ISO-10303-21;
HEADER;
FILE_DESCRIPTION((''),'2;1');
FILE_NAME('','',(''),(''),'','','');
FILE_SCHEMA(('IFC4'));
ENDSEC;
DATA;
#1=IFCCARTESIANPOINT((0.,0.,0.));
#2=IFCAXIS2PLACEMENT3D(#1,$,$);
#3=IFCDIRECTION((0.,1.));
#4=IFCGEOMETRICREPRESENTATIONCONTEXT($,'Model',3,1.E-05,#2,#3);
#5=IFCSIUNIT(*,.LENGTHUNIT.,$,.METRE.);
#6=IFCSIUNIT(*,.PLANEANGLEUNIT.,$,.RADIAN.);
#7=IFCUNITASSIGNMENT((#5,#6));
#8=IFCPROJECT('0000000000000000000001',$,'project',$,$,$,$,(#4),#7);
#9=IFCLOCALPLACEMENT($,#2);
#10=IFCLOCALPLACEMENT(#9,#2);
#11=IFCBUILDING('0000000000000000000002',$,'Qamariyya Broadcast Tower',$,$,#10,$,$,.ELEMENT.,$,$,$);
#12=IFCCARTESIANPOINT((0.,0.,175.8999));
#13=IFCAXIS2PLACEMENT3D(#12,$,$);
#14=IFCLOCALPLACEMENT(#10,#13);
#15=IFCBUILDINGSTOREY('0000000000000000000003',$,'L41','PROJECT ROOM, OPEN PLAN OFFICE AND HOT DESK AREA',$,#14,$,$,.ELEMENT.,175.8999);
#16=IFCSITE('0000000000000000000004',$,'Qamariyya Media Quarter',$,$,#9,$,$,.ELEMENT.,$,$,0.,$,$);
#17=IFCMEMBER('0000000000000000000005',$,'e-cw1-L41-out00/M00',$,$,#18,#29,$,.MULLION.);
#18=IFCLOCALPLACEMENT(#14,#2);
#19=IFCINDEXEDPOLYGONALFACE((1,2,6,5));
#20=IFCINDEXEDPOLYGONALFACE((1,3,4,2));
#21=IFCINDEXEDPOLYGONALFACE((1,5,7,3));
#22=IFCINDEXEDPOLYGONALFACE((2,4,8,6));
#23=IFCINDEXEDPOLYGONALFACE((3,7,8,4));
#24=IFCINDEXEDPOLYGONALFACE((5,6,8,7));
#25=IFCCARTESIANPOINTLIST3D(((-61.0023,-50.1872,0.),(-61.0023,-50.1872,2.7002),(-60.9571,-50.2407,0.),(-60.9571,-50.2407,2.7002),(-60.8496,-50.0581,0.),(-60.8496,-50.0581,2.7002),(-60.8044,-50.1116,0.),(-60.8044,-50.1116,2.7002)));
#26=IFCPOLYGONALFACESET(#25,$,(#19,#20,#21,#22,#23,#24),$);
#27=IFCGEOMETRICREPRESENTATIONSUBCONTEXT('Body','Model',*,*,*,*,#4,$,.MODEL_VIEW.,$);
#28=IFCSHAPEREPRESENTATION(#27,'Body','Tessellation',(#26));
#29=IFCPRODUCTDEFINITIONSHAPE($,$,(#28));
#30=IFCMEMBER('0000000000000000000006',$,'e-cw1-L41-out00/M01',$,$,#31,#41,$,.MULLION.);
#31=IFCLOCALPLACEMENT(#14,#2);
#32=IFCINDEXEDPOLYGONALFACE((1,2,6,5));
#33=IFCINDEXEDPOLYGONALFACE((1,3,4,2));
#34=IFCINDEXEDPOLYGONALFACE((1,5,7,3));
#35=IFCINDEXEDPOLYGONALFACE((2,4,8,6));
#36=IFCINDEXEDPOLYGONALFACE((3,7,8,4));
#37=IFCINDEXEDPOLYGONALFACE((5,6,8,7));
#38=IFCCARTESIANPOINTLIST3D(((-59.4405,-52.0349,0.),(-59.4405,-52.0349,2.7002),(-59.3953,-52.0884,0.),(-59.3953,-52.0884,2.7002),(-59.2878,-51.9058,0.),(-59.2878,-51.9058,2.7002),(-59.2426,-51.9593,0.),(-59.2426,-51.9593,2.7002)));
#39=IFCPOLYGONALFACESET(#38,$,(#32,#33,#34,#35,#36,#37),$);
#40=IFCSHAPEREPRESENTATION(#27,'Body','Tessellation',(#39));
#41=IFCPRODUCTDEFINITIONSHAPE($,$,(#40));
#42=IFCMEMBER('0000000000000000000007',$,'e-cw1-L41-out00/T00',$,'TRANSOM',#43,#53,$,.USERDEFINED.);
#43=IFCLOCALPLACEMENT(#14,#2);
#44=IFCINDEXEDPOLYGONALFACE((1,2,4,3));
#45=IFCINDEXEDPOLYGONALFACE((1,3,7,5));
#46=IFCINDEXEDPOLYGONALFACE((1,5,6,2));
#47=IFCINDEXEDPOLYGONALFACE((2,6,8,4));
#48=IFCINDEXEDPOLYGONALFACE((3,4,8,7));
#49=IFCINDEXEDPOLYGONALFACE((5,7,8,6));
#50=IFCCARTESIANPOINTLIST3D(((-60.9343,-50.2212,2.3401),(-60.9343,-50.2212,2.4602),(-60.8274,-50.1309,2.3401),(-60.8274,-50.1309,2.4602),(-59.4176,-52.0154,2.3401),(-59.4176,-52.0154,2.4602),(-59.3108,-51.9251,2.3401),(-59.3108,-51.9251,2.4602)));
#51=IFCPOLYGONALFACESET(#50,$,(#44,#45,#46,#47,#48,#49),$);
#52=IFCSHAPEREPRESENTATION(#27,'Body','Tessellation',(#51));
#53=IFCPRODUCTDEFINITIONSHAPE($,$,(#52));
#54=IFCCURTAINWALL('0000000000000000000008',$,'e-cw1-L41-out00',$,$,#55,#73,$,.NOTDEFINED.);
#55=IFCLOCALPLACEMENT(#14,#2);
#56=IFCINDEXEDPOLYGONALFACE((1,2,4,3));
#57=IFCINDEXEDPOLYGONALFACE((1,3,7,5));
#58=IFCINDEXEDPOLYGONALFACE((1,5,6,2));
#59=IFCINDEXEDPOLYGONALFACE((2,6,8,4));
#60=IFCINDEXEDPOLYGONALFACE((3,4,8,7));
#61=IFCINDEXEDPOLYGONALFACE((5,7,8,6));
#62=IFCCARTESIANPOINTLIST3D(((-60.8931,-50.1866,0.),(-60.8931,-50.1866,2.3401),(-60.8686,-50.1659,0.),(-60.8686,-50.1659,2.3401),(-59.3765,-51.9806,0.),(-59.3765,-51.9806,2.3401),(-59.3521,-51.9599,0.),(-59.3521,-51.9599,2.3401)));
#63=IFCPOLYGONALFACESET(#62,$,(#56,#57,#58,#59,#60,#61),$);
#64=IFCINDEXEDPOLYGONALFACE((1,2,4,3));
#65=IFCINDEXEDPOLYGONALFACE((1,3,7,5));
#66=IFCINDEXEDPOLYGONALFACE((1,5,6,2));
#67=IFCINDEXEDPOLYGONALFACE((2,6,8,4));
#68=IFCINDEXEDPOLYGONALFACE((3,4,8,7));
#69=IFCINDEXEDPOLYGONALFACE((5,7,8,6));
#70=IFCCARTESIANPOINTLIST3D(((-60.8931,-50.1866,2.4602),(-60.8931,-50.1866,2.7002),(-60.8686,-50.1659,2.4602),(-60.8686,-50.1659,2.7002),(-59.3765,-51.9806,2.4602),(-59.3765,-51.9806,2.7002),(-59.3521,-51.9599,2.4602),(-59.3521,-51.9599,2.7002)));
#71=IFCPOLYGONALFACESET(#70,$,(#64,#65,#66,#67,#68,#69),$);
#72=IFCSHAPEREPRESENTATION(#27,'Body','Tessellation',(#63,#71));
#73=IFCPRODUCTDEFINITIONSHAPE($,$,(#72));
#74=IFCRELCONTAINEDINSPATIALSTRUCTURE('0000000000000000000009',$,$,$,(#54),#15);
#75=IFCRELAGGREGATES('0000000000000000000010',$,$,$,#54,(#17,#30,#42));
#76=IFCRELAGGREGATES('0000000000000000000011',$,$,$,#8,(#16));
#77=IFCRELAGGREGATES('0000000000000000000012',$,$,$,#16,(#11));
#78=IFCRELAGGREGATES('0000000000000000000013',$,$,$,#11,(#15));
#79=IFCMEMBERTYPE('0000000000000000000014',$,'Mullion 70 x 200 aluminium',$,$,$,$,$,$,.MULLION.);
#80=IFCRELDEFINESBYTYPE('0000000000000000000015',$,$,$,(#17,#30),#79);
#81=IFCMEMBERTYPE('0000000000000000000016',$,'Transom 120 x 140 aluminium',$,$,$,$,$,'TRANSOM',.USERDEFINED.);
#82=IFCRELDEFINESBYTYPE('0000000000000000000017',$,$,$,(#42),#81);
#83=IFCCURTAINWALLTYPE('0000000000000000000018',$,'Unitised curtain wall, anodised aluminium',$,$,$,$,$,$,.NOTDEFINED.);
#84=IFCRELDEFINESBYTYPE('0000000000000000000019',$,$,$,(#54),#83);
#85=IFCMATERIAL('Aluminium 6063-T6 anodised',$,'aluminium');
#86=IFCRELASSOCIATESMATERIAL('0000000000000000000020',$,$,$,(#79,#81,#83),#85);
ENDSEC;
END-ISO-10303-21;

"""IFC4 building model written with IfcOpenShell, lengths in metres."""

from ifc_helpers import new_model, si_unit, direction, frame, origin, origin_2d, place, context, subcontext, project, spatial, rectangle, extrude, material, material_profile, profile_set, type_object, element, aggregate, save


model = new_model("IFC4")

# Units and contexts
model_context = context("Model", 3, precision=1e-05, world=origin(), true_north=direction((0.0, 1.0)))
body_context = subcontext(model_context, "Body", "Model", "MODEL_VIEW")
ifc_project = project(units=[si_unit("LENGTHUNIT", "METRE"), si_unit("PLANEANGLEUNIT", "RADIAN")], contexts=[model_context])

# Members
ifc_material_1 = material(Name="Aluminium 6063-T6 anodised", Category="aluminium")
ifc_material_profile_1 = material_profile(ifc_material_1, rectangle(XDim=0.2, YDim=0.0701, at=origin_2d()))
ifc_profile_set_1 = profile_set([ifc_material_profile_1], Name="Aluminium 6063-T6 anodised")
member_type_1 = type_object("IfcMemberType", Name="Mullion 70 x 200 aluminium", PredefinedType="MULLION", material=ifc_profile_set_1)
site_placement = place(None, origin())
building_placement = place(site_placement, origin())
storey_placement = place(building_placement, frame((0.0, 0.0, 175.8999)))
member_1_placement = place(storey_placement, frame((-60.9033, -50.1494, 0.0), z_axis=(0.0, 0.0, 1.0), x_axis=(0.76371, 0.64556, 0.0)))
member_1 = element("IfcMember", 1, at=member_1_placement, type_object=member_type_1, Name="e-cw1-L41-out00/M00", PredefinedType="MULLION", context=body_context, shape_type="SweptSolid", body=[
    extrude(rectangle(XDim=0.2, YDim=0.0701, at=origin_2d()), origin(), (0.0, 0.0, 1.0), 2.7002),
])
member_2_placement = place(storey_placement, frame((-59.3416, -51.9971, 0.0), z_axis=(0.0, 0.0, 1.0), x_axis=(0.76371, 0.64556, 0.0)))
member_2 = element("IfcMember", 2, at=member_2_placement, type_object=member_type_1, Name="e-cw1-L41-out00/M01", PredefinedType="MULLION", context=body_context, shape_type="SweptSolid", body=[
    extrude(rectangle(XDim=0.2, YDim=0.0701, at=origin_2d()), origin(), (0.0, 0.0, 1.0), 2.7002),
])
ifc_material_profile_2 = material_profile(ifc_material_1, rectangle(XDim=0.1399, YDim=0.1201, at=origin_2d()))
ifc_profile_set_2 = profile_set([ifc_material_profile_2], Name="Aluminium 6063-T6 anodised")
member_type_2 = type_object("IfcMemberType", Name="Transom 120 x 140 aluminium", ElementType="TRANSOM", PredefinedType="USERDEFINED", material=ifc_profile_set_2)
member_3_placement = place(storey_placement, frame((-60.8809, -50.176, 2.4001), z_axis=(0.645556, -0.763713, 0.0), x_axis=(0.763713, 0.645556, 0.0)))
member_3 = element("IfcMember", 3, at=member_3_placement, type_object=member_type_2, Name="e-cw1-L41-out00/T00", ObjectType="TRANSOM", PredefinedType="USERDEFINED", context=body_context, shape_type="SweptSolid", body=[
    extrude(rectangle(XDim=0.1399, YDim=0.1201, at=origin_2d()), origin(), (0.0, 0.0, 1.0), 2.3494),
])

# Site, building, storey
site = spatial("IfcSite", under=ifc_project, at=site_placement, Name="Qamariyya Media Quarter", CompositionType="ELEMENT", RefElevation=0.0)
building = spatial("IfcBuilding", under=site, at=building_placement, Name="Qamariyya Broadcast Tower", CompositionType="ELEMENT")
storey = spatial("IfcBuildingStorey", under=building, at=storey_placement, Name="L41", Description="PROJECT ROOM, OPEN PLAN OFFICE AND HOT DESK AREA", CompositionType="ELEMENT", Elevation=175.8999)

# Curtain wall
curtain_wall_type = type_object("IfcCurtainWallType", Name="Unitised curtain wall, anodised aluminium", PredefinedType="NOTDEFINED", material=ifc_material_1)
curtain_wall_1_placement = place(storey_placement, origin())
curtain_wall_1 = element("IfcCurtainWall", 4, at=curtain_wall_1_placement, inside=storey, type_object=curtain_wall_type, Name="e-cw1-L41-out00", PredefinedType="NOTDEFINED", context=body_context, shape_type="SweptSolid", body=[
    extrude(rectangle(XDim=2.3491, YDim=0.032, at=origin_2d()), frame((-60.1226, -51.0732, 0.0), x_axis=(0.64559, -0.763684, 0.0)), (0.0, 0.0, 1.0), 2.3401),
    extrude(rectangle(XDim=2.3491, YDim=0.032, at=origin_2d()), frame((-60.1226, -51.0732, 2.4602), x_axis=(0.64559, -0.763684, 0.0)), (0.0, 0.0, 1.0), 0.24),
])
aggregate(curtain_wall_1, [member_1, member_2, member_3])

save(model, "model.ifc")
